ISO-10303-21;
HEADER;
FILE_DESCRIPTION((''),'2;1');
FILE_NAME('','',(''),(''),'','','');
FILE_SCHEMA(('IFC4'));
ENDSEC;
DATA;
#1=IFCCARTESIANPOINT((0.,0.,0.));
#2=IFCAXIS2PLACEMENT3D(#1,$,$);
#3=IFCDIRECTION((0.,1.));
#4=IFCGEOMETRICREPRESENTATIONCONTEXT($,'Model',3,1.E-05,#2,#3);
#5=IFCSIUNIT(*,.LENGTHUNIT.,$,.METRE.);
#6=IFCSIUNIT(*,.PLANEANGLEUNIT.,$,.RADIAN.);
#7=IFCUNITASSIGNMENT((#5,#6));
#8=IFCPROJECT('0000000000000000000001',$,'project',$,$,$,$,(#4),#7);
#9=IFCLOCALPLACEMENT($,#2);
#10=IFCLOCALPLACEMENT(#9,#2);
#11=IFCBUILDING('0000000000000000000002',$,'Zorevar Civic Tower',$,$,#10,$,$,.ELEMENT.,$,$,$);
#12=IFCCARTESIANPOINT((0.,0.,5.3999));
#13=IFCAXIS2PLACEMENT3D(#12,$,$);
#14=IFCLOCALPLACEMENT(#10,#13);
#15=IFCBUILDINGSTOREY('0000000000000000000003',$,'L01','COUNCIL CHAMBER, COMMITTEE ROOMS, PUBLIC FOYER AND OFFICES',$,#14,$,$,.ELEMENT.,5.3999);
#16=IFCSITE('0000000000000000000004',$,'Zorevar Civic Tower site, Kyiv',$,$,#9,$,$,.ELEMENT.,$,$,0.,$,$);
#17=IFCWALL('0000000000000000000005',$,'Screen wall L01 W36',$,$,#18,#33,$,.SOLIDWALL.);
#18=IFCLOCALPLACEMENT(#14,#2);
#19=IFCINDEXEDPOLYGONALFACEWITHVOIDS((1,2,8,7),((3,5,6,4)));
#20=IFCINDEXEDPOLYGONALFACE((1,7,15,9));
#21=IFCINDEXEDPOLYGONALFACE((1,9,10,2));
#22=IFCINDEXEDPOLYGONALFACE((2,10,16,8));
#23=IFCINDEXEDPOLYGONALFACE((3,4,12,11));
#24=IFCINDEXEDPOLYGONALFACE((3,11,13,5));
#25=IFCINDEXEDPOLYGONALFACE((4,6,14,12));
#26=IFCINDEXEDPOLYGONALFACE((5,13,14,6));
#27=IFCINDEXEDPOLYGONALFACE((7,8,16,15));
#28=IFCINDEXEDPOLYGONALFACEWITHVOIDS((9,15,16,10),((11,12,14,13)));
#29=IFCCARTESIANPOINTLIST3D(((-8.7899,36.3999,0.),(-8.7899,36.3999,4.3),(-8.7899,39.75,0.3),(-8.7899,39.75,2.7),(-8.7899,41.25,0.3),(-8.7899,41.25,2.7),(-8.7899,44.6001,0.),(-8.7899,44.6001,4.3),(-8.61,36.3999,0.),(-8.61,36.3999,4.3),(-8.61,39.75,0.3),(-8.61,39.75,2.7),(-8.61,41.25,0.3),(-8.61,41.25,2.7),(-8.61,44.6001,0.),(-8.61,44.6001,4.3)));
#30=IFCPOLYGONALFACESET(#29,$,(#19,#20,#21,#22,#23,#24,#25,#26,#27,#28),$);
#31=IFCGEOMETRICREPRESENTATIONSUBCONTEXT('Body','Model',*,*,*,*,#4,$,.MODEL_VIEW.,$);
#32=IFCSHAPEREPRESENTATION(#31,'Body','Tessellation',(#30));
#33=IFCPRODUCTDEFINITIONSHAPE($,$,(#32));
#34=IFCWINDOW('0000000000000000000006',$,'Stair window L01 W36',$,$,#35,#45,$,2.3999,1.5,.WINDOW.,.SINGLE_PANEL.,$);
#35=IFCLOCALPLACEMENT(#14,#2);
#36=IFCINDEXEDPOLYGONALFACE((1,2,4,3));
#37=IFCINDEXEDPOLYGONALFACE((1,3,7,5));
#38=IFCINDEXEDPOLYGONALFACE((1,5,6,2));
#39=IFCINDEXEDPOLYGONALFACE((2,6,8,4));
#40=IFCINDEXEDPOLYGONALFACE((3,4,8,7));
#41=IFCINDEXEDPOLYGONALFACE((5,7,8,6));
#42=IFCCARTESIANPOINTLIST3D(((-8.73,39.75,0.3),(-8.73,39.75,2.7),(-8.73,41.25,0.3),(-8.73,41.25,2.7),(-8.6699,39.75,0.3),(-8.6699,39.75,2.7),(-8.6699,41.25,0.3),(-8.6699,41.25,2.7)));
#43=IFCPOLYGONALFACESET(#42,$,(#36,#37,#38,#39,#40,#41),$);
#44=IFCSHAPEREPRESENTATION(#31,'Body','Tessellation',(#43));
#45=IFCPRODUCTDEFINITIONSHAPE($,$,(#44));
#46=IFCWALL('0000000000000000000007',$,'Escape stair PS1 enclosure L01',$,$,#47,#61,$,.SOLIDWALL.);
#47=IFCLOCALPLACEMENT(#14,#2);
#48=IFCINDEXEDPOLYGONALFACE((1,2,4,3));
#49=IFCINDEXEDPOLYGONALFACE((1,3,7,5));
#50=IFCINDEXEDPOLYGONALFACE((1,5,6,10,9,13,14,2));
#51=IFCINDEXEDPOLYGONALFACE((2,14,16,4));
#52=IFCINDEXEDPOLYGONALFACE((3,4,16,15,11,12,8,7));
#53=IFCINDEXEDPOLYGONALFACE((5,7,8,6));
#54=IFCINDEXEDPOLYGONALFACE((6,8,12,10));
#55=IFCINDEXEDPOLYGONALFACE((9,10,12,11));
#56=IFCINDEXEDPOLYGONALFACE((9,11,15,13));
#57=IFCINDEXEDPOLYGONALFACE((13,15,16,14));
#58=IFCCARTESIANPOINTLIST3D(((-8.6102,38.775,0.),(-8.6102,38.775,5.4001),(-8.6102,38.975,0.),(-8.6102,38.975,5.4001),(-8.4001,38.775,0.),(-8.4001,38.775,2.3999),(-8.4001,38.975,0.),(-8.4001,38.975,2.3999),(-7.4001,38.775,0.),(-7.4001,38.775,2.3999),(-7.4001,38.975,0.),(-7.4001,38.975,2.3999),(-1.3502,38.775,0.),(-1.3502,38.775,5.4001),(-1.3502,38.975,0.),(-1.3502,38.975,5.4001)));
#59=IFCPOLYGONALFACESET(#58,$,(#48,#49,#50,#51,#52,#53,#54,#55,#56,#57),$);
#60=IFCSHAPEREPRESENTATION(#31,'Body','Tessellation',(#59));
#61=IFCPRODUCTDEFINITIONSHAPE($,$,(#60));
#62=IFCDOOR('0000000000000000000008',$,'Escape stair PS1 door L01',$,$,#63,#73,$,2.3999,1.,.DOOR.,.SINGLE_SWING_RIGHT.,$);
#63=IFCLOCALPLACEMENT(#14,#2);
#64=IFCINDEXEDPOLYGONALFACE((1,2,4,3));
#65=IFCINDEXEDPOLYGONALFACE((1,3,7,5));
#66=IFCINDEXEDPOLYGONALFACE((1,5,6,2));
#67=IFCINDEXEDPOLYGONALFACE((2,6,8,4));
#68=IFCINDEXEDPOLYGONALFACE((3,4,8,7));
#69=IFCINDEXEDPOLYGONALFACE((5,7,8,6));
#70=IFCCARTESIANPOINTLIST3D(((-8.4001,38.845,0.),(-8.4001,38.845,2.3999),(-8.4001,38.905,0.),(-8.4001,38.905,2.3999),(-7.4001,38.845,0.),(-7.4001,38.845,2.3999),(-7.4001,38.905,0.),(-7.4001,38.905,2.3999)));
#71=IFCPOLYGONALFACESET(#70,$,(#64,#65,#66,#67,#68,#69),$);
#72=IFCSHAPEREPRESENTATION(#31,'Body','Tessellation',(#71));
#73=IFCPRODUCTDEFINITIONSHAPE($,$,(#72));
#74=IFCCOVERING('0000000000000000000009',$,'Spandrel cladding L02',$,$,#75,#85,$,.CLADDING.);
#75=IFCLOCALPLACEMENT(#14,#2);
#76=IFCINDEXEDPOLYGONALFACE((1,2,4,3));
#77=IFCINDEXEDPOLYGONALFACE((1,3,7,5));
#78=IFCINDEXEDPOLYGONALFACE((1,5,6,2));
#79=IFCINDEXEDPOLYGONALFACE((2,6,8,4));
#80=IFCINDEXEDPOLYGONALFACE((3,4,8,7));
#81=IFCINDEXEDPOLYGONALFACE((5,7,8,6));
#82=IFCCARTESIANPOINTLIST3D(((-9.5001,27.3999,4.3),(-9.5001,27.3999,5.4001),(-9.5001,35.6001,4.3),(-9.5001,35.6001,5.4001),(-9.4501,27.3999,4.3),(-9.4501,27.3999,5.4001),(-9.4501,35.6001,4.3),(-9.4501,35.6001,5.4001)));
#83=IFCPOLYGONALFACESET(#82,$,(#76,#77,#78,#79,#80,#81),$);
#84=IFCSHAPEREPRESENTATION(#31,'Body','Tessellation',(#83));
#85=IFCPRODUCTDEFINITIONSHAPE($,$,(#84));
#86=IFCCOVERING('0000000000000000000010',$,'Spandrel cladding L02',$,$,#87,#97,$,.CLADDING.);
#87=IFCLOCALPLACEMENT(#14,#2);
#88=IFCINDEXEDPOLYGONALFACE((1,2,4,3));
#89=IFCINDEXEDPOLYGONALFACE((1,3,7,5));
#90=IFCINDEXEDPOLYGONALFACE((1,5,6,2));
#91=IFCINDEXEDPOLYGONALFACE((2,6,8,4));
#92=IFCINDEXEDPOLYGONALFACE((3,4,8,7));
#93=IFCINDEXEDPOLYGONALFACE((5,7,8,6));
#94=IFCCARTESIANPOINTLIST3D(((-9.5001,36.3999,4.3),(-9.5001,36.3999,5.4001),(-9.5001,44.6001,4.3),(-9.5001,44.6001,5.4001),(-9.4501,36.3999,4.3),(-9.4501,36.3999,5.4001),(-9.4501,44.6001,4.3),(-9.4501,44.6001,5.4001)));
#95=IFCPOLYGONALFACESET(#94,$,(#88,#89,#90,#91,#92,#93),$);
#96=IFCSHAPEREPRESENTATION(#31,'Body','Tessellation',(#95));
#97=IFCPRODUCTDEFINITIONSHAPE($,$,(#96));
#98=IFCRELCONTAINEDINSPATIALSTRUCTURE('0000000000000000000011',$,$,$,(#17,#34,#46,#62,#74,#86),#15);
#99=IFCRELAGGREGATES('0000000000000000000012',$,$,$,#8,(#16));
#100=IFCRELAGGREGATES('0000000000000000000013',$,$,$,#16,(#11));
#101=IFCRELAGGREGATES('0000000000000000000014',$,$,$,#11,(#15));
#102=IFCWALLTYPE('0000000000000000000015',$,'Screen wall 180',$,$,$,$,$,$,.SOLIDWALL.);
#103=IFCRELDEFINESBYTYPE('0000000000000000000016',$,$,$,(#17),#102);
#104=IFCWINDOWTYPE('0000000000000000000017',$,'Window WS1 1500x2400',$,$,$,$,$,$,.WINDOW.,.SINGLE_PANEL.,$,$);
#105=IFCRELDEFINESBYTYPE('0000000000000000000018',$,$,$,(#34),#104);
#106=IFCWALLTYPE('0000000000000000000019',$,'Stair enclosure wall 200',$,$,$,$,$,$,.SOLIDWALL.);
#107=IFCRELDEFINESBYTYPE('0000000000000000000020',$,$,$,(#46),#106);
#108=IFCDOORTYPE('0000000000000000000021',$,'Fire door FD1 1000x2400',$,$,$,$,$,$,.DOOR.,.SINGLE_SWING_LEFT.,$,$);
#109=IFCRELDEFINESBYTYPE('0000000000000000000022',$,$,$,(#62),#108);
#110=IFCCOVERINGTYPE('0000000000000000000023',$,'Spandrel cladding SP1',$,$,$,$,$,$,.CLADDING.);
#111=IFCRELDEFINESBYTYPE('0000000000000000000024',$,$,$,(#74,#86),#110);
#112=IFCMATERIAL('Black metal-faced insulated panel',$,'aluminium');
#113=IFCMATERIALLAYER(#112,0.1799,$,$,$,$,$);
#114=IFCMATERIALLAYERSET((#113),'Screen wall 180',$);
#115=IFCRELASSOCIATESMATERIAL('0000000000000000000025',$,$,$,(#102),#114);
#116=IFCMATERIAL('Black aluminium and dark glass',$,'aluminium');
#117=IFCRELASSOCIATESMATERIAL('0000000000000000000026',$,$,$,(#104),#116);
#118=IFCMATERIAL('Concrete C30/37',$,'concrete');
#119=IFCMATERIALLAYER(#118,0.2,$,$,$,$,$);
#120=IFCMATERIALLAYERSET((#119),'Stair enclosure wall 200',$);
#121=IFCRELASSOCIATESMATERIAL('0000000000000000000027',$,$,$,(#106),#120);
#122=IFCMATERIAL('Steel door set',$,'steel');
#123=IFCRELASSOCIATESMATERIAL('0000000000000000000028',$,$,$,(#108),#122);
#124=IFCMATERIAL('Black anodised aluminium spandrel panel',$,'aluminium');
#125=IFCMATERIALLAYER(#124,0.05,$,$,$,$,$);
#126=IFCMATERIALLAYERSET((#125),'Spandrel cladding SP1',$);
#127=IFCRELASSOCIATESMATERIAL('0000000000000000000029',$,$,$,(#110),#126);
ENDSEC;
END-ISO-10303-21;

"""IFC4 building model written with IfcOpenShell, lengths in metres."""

from ifc_helpers import new_model, si_unit, direction, frame, frame_2d, origin, place, context, subcontext, project, spatial, rectangle, extrude, material, layer, layer_set, type_object, element, fill, save


model = new_model("IFC4")

# Units and contexts
model_context = context("Model", 3, precision=1e-05, world=origin(), true_north=direction((0.0, 1.0)))
body_context = subcontext(model_context, "Body", "Model", "MODEL_VIEW")
ifc_project = project(units=[si_unit("LENGTHUNIT", "METRE"), si_unit("PLANEANGLEUNIT", "RADIAN")], contexts=[model_context])

# Site, building, storey
site_placement = place(None, origin())
site = spatial("IfcSite", under=ifc_project, at=site_placement, Name="Zorevar Civic Tower site, Kyiv", CompositionType="ELEMENT", RefElevation=0.0)
building_placement = place(site_placement, origin())
building = spatial("IfcBuilding", under=site, at=building_placement, Name="Zorevar Civic Tower", CompositionType="ELEMENT")
storey_placement = place(building_placement, frame((0.0, 0.0, 5.3999)))
storey = spatial("IfcBuildingStorey", under=building, at=storey_placement, Name="L01", Description="COUNCIL CHAMBER, COMMITTEE ROOMS, PUBLIC FOYER AND OFFICES", CompositionType="ELEMENT", Elevation=5.3999)

# Wall, opening, window
ifc_material_1 = material(Name="Black metal-faced insulated panel", Category="aluminium")
ifc_layer_1 = layer(ifc_material_1, 0.1799)
ifc_layer_set_1 = layer_set([ifc_layer_1], Name="Screen wall 180")
wall_type_1 = type_object("IfcWallType", Name="Screen wall 180", PredefinedType="SOLIDWALL", material=ifc_layer_set_1)
wall_1_placement = place(storey_placement, frame((-8.7, 36.3999, 0.0), z_axis=(0.0, 0.0, 1.0), x_axis=(0.0, 1.0, 0.0)))
wall_1 = element("IfcWall", 1, at=wall_1_placement, inside=storey, type_object=wall_type_1, Name="Screen wall L01 W36", PredefinedType="SOLIDWALL", context=body_context, shape_type="SweptSolid", body=[
    extrude(rectangle(XDim=8.2002, YDim=0.1799, at=frame_2d((4.1001, 0.0))), origin(), (0.0, 0.0, 1.0), 4.3),
])
opening_1_placement = place(wall_1_placement, frame((3.3501, 0.0, 0.3)))
opening_1 = element("IfcOpeningElement", 2, at=opening_1_placement, cuts=wall_1, PredefinedType="OPENING", context=body_context, shape_type="SweptSolid", body=[
    extrude(rectangle(XDim=1.5, YDim=2.3999, at=frame_2d((0.75, 1.2))), frame((0.0, 0.0999, 0.0), z_axis=(0.0, -1.0, 0.0), x_axis=(1.0, 0.0, 0.0)), (0.0, 0.0, 1.0), 0.2),
])
ifc_material_2 = material(Name="Black aluminium and dark glass", Category="aluminium")
window_type = type_object("IfcWindowType", Name="Window WS1 1500x2400", PartitioningType="SINGLE_PANEL", PredefinedType="WINDOW", material=ifc_material_2)
window_placement = place(opening_1_placement, origin())
window = element("IfcWindow", 3, at=window_placement, inside=storey, type_object=window_type, Name="Stair window L01 W36", OverallHeight=2.3999, OverallWidth=1.5, PartitioningType="SINGLE_PANEL", PredefinedType="WINDOW", context=body_context, shape_type="SweptSolid", body=[
    extrude(rectangle(XDim=1.5, YDim=2.3999, at=frame_2d((0.75, 1.2))), frame((0.0, 0.03, 0.0), z_axis=(0.0, -1.0, 0.0), x_axis=(1.0, 0.0, 0.0)), (0.0, 0.0, 1.0), 0.0601),
])
fill(opening_1, window)

# Wall, opening, door
ifc_material_3 = material(Name="Concrete C30/37", Category="concrete")
ifc_layer_2 = layer(ifc_material_3, 0.2)
ifc_layer_set_2 = layer_set([ifc_layer_2], Name="Stair enclosure wall 200")
wall_type_2 = type_object("IfcWallType", Name="Stair enclosure wall 200", PredefinedType="SOLIDWALL", material=ifc_layer_set_2)
wall_2_placement = place(storey_placement, frame((-8.6101, 38.875, 0.0), z_axis=(0.0, 0.0, 1.0), x_axis=(1.0, 0.0, 0.0)))
wall_2 = element("IfcWall", 4, at=wall_2_placement, inside=storey, type_object=wall_type_2, Name="Escape stair PS1 enclosure L01", PredefinedType="SOLIDWALL", context=body_context, shape_type="SweptSolid", body=[
    extrude(rectangle(XDim=7.26, YDim=0.2, at=frame_2d((3.6299, 0.0))), origin(), (0.0, 0.0, 1.0), 5.4001),
])
opening_2_placement = place(wall_2_placement, frame((0.21, 0.0, 0.0)))
opening_2 = element("IfcOpeningElement", 5, at=opening_2_placement, cuts=wall_2, PredefinedType="OPENING", context=body_context, shape_type="SweptSolid", body=[
    extrude(rectangle(XDim=1.0, YDim=2.3999, at=frame_2d((0.5, 1.2))), frame((0.0, 0.1099, 0.0), z_axis=(0.0, -1.0, 0.0), x_axis=(1.0, 0.0, 0.0)), (0.0, 0.0, 1.0), 0.22),
])
ifc_material_4 = material(Name="Steel door set", Category="steel")
door_type = type_object("IfcDoorType", Name="Fire door FD1 1000x2400", OperationType="SINGLE_SWING_LEFT", PredefinedType="DOOR", material=ifc_material_4)
door_placement = place(opening_2_placement, origin())
door = element("IfcDoor", 6, at=door_placement, inside=storey, type_object=door_type, Name="Escape stair PS1 door L01", OperationType="SINGLE_SWING_RIGHT", OverallHeight=2.3999, OverallWidth=1.0, PredefinedType="DOOR", context=body_context, shape_type="SweptSolid", body=[
    extrude(rectangle(XDim=1.0, YDim=2.3999, at=frame_2d((0.5, 1.2))), frame((0.0, 0.03, 0.0), z_axis=(0.0, -1.0, 0.0), x_axis=(1.0, 0.0, 0.0)), (0.0, 0.0, 1.0), 0.0601),
])
fill(opening_2, door)

# Coverings
ifc_material_5 = material(Name="Black anodised aluminium spandrel panel", Category="aluminium")
ifc_layer_3 = layer(ifc_material_5, 0.05)
ifc_layer_set_3 = layer_set([ifc_layer_3], Name="Spandrel cladding SP1")
covering_type = type_object("IfcCoveringType", Name="Spandrel cladding SP1", PredefinedType="CLADDING", material=ifc_layer_set_3)
for number, where, z_axis, x_axis, name in (
    (7, (-9.4751, 27.3999, 4.3), (0.0, 0.0, 1.0), (0.0, 1.0, 0.0), "Spandrel cladding L02"),
    (8, (-9.4751, 36.3999, 4.3), (0.0, 0.0, 1.0), (0.0, 1.0, 0.0), "Spandrel cladding L02"),
):
    element("IfcCovering", number, at=place(storey_placement, frame(where, z_axis=z_axis, x_axis=x_axis)), inside=storey, type_object=covering_type, Name=name, PredefinedType="CLADDING", context=body_context, shape_type="SweptSolid", body=[
        extrude(rectangle(XDim=8.2002, YDim=0.05, at=frame_2d((4.1001, 0.0))), origin(), (0.0, 0.0, 1.0), 1.1001),
    ])

save(model, "model.ifc")
